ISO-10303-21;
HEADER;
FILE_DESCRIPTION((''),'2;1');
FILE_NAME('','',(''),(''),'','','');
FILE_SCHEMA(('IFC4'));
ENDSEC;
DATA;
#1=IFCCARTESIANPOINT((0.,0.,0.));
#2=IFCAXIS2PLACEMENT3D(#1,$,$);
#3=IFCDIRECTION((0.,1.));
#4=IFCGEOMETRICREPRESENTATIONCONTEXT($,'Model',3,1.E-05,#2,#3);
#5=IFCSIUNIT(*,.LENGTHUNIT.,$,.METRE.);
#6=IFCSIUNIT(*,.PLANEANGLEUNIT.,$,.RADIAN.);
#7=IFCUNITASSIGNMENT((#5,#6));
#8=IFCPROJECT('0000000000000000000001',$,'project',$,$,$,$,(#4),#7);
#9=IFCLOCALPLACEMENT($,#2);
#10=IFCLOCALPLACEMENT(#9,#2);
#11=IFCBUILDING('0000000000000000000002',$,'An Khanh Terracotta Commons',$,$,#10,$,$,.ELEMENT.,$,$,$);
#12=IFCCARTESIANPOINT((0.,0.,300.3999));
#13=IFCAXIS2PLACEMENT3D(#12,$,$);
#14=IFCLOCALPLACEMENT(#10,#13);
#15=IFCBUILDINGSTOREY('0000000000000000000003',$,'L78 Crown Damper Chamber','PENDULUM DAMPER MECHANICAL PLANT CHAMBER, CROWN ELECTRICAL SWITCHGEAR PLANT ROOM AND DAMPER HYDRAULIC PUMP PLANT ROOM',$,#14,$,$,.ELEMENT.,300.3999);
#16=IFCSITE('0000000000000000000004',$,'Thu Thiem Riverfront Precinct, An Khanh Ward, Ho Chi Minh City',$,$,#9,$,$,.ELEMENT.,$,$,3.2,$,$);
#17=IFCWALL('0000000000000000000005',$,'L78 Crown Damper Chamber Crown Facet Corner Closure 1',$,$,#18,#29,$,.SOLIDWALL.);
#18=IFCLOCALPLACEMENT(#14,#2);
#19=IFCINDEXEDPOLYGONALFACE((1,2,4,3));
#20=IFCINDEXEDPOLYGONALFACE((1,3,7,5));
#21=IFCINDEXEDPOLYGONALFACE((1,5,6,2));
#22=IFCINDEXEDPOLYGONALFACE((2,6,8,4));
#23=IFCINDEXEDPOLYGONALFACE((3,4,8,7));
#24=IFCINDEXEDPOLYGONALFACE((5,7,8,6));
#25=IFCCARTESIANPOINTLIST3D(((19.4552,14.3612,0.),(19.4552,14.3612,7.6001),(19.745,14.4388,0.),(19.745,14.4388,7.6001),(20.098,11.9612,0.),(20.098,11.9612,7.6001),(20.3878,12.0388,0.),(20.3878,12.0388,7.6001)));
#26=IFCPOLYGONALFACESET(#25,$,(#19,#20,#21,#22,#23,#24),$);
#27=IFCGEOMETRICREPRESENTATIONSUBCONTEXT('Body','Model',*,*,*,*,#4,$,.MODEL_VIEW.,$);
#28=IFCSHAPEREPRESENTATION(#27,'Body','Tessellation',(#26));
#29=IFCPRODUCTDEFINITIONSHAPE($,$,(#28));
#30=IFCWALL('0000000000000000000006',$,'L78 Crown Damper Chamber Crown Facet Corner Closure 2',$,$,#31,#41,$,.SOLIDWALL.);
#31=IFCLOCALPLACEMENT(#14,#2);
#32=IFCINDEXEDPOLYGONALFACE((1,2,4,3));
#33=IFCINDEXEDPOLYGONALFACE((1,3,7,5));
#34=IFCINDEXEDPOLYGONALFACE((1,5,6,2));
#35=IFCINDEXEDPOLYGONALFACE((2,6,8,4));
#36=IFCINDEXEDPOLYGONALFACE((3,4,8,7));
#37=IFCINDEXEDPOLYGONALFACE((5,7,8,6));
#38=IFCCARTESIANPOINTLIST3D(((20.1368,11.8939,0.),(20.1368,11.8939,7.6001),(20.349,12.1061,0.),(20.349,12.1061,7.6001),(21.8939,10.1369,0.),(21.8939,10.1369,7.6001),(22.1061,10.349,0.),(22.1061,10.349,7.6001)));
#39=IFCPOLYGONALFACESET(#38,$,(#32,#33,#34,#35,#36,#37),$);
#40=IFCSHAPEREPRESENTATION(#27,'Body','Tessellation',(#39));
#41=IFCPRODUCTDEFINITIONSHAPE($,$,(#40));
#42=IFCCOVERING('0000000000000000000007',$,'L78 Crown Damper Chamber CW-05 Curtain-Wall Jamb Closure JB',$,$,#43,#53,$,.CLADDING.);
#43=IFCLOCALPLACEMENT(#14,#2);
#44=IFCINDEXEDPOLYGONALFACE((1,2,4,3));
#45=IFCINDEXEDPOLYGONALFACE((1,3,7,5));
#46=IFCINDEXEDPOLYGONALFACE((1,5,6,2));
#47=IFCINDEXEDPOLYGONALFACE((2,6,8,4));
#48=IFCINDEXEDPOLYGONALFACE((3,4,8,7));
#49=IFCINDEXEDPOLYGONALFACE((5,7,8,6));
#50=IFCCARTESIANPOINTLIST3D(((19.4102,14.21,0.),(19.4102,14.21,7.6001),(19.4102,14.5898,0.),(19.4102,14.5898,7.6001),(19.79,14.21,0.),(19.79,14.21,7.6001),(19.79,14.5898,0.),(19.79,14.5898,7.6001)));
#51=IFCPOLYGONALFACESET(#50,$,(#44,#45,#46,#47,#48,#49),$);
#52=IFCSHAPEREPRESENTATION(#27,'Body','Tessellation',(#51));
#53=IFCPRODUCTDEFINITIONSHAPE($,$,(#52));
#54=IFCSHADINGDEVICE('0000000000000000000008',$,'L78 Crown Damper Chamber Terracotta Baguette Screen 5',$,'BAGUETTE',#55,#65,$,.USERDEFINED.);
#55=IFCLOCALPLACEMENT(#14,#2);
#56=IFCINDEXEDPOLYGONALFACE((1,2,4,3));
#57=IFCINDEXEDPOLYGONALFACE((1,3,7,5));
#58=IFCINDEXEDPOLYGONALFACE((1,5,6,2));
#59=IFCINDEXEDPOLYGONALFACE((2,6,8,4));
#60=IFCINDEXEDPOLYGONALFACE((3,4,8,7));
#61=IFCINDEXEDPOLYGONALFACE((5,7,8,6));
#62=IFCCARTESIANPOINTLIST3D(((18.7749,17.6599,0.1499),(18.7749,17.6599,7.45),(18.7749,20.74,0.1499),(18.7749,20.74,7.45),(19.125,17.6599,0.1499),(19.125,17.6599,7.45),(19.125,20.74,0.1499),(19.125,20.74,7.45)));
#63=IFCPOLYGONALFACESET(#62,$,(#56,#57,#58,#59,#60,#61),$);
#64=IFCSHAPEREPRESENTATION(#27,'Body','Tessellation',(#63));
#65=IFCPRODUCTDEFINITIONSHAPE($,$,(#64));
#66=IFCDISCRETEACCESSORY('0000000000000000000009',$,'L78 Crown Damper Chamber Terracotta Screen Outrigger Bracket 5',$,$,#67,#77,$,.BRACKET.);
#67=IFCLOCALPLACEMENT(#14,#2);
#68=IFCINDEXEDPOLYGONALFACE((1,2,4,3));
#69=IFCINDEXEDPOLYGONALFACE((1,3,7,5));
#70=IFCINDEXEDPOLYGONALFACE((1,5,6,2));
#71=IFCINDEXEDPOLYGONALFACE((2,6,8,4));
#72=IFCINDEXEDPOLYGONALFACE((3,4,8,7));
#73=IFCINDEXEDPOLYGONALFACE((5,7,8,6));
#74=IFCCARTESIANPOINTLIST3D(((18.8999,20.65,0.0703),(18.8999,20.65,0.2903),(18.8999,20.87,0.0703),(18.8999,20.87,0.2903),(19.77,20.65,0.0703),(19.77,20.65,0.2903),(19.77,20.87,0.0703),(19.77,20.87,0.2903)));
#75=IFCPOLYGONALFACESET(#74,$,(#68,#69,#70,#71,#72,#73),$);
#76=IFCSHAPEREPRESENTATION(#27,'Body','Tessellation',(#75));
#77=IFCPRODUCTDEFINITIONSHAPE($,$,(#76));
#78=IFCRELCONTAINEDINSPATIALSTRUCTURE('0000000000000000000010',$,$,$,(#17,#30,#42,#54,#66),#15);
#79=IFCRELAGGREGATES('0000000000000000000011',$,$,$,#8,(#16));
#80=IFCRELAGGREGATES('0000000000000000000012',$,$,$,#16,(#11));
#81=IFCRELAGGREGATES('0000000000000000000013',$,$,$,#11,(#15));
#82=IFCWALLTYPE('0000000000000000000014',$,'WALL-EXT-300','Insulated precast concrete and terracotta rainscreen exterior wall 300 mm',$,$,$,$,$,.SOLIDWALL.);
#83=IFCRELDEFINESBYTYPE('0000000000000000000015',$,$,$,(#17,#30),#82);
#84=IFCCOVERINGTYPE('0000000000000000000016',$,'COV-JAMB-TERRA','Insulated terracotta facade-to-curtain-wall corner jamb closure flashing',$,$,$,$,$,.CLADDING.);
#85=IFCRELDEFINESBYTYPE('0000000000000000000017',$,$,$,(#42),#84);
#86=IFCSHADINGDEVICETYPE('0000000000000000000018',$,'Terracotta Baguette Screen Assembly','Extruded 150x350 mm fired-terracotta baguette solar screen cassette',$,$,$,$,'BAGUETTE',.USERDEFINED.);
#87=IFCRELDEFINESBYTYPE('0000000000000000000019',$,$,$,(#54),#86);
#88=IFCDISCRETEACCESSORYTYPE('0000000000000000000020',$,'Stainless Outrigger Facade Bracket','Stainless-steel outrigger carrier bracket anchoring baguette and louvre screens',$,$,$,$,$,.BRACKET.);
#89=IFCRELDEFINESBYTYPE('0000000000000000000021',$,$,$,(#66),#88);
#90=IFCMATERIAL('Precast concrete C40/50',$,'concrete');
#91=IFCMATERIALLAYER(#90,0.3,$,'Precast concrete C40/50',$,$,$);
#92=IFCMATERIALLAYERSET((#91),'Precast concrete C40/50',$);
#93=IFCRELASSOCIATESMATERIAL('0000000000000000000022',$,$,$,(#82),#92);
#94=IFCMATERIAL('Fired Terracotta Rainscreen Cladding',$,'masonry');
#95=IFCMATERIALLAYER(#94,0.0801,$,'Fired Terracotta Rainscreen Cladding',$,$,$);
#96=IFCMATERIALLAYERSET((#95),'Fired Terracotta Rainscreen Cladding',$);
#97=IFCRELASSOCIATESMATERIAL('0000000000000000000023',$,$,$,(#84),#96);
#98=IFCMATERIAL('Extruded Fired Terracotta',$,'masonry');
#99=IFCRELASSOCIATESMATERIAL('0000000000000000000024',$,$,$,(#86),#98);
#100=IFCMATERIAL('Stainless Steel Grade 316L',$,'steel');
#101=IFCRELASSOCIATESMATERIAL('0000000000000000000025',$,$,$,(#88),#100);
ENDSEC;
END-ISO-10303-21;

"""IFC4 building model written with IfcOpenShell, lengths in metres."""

from ifc_helpers import new_model, si_unit, direction, frame, frame_2d, origin, origin_2d, place, context, subcontext, project, spatial, rectangle, extrude, material, layer, layer_set, type_object, element, save


model = new_model("IFC4")

# Units and contexts
model_context = context("Model", 3, precision=1e-05, world=origin(), true_north=direction((0.0, 1.0)))
body_context = subcontext(model_context, "Body", "Model", "MODEL_VIEW")
ifc_project = project(units=[si_unit("LENGTHUNIT", "METRE"), si_unit("PLANEANGLEUNIT", "RADIAN")], contexts=[model_context])

# Site, building, storey
site_placement = place(None, origin())
site = spatial("IfcSite", under=ifc_project, at=site_placement, Name="Thu Thiem Riverfront Precinct, An Khanh Ward, Ho Chi Minh City", CompositionType="ELEMENT", RefElevation=3.2)
building_placement = place(site_placement, origin())
building = spatial("IfcBuilding", under=site, at=building_placement, Name="An Khanh Terracotta Commons", CompositionType="ELEMENT")
storey_placement = place(building_placement, frame((0.0, 0.0, 300.3999)))
storey = spatial("IfcBuildingStorey", under=building, at=storey_placement, Name="L78 Crown Damper Chamber", Description="PENDULUM DAMPER MECHANICAL PLANT CHAMBER, CROWN ELECTRICAL SWITCHGEAR PLANT ROOM AND DAMPER HYDRAULIC PUMP PLANT ROOM", CompositionType="ELEMENT", Elevation=300.3999)

# Shared definitions
ifc_material_1 = material(Name="Precast concrete C40/50", Category="concrete")

# Walls
ifc_layer_1 = layer(ifc_material_1, 0.3, Name="Precast concrete C40/50")
ifc_layer_set_1 = layer_set([ifc_layer_1], Name="Precast concrete C40/50")
wall_type = type_object("IfcWallType", Name="WALL-EXT-300", Description="Insulated precast concrete and terracotta rainscreen exterior wall 300 mm", PredefinedType="SOLIDWALL", material=ifc_layer_set_1)
wall_1_placement = place(storey_placement, frame((19.6001, 14.3999, 0.0), z_axis=(0.0, 0.0, 1.0), x_axis=(0.258733, -0.965949, 0.0)))
element("IfcWall", 1, at=wall_1_placement, inside=storey, type_object=wall_type, Name="L78 Crown Damper Chamber Crown Facet Corner Closure 1", PredefinedType="SOLIDWALL", context=body_context, shape_type="SweptSolid", body=[
    extrude(rectangle(XDim=2.4846, YDim=0.3, at=frame_2d((1.2422, 0.0))), origin(), (0.0, 0.0, 1.0), 7.6001),
])
wall_2_placement = place(storey_placement, frame((20.2429, 12.0, 0.0), z_axis=(0.0, 0.0, 1.0), x_axis=(0.707107, -0.707107, 0.0)))
element("IfcWall", 2, at=wall_2_placement, inside=storey, type_object=wall_type, Name="L78 Crown Damper Chamber Crown Facet Corner Closure 2", PredefinedType="SOLIDWALL", context=body_context, shape_type="SweptSolid", body=[
    extrude(rectangle(XDim=2.4849, YDim=0.3, at=frame_2d((1.2424, 0.0))), origin(), (0.0, 0.0, 1.0), 7.6001),
])

# Covering
ifc_material_2 = material(Name="Fired Terracotta Rainscreen Cladding", Category="masonry")
ifc_layer_2 = layer(ifc_material_2, 0.0801, Name="Fired Terracotta Rainscreen Cladding")
ifc_layer_set_2 = layer_set([ifc_layer_2], Name="Fired Terracotta Rainscreen Cladding")
covering_type = type_object("IfcCoveringType", Name="COV-JAMB-TERRA", Description="Insulated terracotta facade-to-curtain-wall corner jamb closure flashing", PredefinedType="CLADDING", material=ifc_layer_set_2)
covering_placement = place(storey_placement, frame((19.6001, 14.3999, 0.0), z_axis=(0.0, 0.0, 1.0), x_axis=(1.0, 0.0, 0.0)))
element("IfcCovering", 3, at=covering_placement, inside=storey, type_object=covering_type, Name="L78 Crown Damper Chamber CW-05 Curtain-Wall Jamb Closure JB", PredefinedType="CLADDING", context=body_context, shape_type="SweptSolid", body=[
    extrude(rectangle(XDim=0.3799, YDim=0.3799, at=origin_2d()), origin(), (0.0, 0.0, 1.0), 7.6001),
])

# Shading device
ifc_material_3 = material(Name="Extruded Fired Terracotta", Category="masonry")
shading_device_type = type_object("IfcShadingDeviceType", Name="Terracotta Baguette Screen Assembly", Description="Extruded 150x350 mm fired-terracotta baguette solar screen cassette", ElementType="BAGUETTE", PredefinedType="USERDEFINED", material=ifc_material_3)
shading_device_placement = place(storey_placement, frame((18.95, 19.2, 0.1499), z_axis=(0.0, 0.0, 1.0), x_axis=(0.0, -1.0, 0.0)))
element("IfcShadingDevice", 4, at=shading_device_placement, inside=storey, type_object=shading_device_type, Name="L78 Crown Damper Chamber Terracotta Baguette Screen 5", ObjectType="BAGUETTE", PredefinedType="USERDEFINED", context=body_context, shape_type="SweptSolid", body=[
    extrude(rectangle(XDim=3.0801, YDim=0.3501, at=origin_2d()), origin(), (0.0, 0.0, 1.0), 7.3),
])

# Discrete accessory
ifc_material_4 = material(Name="Stainless Steel Grade 316L", Category="steel")
discrete_accessory_type = type_object("IfcDiscreteAccessoryType", Name="Stainless Outrigger Facade Bracket", Description="Stainless-steel outrigger carrier bracket anchoring baguette and louvre screens", PredefinedType="BRACKET", material=ifc_material_4)
discrete_accessory_placement = place(storey_placement, frame((19.335, 20.76, 0.0703), z_axis=(0.0, 0.0, 1.0), x_axis=(0.0, -1.0, 0.0)))
element("IfcDiscreteAccessory", 5, at=discrete_accessory_placement, inside=storey, type_object=discrete_accessory_type, Name="L78 Crown Damper Chamber Terracotta Screen Outrigger Bracket 5", PredefinedType="BRACKET", context=body_context, shape_type="SweptSolid", body=[
    extrude(rectangle(XDim=0.22, YDim=0.8701, at=origin_2d()), origin(), (0.0, 0.0, 1.0), 0.22),
])

save(model, "model.ifc")
